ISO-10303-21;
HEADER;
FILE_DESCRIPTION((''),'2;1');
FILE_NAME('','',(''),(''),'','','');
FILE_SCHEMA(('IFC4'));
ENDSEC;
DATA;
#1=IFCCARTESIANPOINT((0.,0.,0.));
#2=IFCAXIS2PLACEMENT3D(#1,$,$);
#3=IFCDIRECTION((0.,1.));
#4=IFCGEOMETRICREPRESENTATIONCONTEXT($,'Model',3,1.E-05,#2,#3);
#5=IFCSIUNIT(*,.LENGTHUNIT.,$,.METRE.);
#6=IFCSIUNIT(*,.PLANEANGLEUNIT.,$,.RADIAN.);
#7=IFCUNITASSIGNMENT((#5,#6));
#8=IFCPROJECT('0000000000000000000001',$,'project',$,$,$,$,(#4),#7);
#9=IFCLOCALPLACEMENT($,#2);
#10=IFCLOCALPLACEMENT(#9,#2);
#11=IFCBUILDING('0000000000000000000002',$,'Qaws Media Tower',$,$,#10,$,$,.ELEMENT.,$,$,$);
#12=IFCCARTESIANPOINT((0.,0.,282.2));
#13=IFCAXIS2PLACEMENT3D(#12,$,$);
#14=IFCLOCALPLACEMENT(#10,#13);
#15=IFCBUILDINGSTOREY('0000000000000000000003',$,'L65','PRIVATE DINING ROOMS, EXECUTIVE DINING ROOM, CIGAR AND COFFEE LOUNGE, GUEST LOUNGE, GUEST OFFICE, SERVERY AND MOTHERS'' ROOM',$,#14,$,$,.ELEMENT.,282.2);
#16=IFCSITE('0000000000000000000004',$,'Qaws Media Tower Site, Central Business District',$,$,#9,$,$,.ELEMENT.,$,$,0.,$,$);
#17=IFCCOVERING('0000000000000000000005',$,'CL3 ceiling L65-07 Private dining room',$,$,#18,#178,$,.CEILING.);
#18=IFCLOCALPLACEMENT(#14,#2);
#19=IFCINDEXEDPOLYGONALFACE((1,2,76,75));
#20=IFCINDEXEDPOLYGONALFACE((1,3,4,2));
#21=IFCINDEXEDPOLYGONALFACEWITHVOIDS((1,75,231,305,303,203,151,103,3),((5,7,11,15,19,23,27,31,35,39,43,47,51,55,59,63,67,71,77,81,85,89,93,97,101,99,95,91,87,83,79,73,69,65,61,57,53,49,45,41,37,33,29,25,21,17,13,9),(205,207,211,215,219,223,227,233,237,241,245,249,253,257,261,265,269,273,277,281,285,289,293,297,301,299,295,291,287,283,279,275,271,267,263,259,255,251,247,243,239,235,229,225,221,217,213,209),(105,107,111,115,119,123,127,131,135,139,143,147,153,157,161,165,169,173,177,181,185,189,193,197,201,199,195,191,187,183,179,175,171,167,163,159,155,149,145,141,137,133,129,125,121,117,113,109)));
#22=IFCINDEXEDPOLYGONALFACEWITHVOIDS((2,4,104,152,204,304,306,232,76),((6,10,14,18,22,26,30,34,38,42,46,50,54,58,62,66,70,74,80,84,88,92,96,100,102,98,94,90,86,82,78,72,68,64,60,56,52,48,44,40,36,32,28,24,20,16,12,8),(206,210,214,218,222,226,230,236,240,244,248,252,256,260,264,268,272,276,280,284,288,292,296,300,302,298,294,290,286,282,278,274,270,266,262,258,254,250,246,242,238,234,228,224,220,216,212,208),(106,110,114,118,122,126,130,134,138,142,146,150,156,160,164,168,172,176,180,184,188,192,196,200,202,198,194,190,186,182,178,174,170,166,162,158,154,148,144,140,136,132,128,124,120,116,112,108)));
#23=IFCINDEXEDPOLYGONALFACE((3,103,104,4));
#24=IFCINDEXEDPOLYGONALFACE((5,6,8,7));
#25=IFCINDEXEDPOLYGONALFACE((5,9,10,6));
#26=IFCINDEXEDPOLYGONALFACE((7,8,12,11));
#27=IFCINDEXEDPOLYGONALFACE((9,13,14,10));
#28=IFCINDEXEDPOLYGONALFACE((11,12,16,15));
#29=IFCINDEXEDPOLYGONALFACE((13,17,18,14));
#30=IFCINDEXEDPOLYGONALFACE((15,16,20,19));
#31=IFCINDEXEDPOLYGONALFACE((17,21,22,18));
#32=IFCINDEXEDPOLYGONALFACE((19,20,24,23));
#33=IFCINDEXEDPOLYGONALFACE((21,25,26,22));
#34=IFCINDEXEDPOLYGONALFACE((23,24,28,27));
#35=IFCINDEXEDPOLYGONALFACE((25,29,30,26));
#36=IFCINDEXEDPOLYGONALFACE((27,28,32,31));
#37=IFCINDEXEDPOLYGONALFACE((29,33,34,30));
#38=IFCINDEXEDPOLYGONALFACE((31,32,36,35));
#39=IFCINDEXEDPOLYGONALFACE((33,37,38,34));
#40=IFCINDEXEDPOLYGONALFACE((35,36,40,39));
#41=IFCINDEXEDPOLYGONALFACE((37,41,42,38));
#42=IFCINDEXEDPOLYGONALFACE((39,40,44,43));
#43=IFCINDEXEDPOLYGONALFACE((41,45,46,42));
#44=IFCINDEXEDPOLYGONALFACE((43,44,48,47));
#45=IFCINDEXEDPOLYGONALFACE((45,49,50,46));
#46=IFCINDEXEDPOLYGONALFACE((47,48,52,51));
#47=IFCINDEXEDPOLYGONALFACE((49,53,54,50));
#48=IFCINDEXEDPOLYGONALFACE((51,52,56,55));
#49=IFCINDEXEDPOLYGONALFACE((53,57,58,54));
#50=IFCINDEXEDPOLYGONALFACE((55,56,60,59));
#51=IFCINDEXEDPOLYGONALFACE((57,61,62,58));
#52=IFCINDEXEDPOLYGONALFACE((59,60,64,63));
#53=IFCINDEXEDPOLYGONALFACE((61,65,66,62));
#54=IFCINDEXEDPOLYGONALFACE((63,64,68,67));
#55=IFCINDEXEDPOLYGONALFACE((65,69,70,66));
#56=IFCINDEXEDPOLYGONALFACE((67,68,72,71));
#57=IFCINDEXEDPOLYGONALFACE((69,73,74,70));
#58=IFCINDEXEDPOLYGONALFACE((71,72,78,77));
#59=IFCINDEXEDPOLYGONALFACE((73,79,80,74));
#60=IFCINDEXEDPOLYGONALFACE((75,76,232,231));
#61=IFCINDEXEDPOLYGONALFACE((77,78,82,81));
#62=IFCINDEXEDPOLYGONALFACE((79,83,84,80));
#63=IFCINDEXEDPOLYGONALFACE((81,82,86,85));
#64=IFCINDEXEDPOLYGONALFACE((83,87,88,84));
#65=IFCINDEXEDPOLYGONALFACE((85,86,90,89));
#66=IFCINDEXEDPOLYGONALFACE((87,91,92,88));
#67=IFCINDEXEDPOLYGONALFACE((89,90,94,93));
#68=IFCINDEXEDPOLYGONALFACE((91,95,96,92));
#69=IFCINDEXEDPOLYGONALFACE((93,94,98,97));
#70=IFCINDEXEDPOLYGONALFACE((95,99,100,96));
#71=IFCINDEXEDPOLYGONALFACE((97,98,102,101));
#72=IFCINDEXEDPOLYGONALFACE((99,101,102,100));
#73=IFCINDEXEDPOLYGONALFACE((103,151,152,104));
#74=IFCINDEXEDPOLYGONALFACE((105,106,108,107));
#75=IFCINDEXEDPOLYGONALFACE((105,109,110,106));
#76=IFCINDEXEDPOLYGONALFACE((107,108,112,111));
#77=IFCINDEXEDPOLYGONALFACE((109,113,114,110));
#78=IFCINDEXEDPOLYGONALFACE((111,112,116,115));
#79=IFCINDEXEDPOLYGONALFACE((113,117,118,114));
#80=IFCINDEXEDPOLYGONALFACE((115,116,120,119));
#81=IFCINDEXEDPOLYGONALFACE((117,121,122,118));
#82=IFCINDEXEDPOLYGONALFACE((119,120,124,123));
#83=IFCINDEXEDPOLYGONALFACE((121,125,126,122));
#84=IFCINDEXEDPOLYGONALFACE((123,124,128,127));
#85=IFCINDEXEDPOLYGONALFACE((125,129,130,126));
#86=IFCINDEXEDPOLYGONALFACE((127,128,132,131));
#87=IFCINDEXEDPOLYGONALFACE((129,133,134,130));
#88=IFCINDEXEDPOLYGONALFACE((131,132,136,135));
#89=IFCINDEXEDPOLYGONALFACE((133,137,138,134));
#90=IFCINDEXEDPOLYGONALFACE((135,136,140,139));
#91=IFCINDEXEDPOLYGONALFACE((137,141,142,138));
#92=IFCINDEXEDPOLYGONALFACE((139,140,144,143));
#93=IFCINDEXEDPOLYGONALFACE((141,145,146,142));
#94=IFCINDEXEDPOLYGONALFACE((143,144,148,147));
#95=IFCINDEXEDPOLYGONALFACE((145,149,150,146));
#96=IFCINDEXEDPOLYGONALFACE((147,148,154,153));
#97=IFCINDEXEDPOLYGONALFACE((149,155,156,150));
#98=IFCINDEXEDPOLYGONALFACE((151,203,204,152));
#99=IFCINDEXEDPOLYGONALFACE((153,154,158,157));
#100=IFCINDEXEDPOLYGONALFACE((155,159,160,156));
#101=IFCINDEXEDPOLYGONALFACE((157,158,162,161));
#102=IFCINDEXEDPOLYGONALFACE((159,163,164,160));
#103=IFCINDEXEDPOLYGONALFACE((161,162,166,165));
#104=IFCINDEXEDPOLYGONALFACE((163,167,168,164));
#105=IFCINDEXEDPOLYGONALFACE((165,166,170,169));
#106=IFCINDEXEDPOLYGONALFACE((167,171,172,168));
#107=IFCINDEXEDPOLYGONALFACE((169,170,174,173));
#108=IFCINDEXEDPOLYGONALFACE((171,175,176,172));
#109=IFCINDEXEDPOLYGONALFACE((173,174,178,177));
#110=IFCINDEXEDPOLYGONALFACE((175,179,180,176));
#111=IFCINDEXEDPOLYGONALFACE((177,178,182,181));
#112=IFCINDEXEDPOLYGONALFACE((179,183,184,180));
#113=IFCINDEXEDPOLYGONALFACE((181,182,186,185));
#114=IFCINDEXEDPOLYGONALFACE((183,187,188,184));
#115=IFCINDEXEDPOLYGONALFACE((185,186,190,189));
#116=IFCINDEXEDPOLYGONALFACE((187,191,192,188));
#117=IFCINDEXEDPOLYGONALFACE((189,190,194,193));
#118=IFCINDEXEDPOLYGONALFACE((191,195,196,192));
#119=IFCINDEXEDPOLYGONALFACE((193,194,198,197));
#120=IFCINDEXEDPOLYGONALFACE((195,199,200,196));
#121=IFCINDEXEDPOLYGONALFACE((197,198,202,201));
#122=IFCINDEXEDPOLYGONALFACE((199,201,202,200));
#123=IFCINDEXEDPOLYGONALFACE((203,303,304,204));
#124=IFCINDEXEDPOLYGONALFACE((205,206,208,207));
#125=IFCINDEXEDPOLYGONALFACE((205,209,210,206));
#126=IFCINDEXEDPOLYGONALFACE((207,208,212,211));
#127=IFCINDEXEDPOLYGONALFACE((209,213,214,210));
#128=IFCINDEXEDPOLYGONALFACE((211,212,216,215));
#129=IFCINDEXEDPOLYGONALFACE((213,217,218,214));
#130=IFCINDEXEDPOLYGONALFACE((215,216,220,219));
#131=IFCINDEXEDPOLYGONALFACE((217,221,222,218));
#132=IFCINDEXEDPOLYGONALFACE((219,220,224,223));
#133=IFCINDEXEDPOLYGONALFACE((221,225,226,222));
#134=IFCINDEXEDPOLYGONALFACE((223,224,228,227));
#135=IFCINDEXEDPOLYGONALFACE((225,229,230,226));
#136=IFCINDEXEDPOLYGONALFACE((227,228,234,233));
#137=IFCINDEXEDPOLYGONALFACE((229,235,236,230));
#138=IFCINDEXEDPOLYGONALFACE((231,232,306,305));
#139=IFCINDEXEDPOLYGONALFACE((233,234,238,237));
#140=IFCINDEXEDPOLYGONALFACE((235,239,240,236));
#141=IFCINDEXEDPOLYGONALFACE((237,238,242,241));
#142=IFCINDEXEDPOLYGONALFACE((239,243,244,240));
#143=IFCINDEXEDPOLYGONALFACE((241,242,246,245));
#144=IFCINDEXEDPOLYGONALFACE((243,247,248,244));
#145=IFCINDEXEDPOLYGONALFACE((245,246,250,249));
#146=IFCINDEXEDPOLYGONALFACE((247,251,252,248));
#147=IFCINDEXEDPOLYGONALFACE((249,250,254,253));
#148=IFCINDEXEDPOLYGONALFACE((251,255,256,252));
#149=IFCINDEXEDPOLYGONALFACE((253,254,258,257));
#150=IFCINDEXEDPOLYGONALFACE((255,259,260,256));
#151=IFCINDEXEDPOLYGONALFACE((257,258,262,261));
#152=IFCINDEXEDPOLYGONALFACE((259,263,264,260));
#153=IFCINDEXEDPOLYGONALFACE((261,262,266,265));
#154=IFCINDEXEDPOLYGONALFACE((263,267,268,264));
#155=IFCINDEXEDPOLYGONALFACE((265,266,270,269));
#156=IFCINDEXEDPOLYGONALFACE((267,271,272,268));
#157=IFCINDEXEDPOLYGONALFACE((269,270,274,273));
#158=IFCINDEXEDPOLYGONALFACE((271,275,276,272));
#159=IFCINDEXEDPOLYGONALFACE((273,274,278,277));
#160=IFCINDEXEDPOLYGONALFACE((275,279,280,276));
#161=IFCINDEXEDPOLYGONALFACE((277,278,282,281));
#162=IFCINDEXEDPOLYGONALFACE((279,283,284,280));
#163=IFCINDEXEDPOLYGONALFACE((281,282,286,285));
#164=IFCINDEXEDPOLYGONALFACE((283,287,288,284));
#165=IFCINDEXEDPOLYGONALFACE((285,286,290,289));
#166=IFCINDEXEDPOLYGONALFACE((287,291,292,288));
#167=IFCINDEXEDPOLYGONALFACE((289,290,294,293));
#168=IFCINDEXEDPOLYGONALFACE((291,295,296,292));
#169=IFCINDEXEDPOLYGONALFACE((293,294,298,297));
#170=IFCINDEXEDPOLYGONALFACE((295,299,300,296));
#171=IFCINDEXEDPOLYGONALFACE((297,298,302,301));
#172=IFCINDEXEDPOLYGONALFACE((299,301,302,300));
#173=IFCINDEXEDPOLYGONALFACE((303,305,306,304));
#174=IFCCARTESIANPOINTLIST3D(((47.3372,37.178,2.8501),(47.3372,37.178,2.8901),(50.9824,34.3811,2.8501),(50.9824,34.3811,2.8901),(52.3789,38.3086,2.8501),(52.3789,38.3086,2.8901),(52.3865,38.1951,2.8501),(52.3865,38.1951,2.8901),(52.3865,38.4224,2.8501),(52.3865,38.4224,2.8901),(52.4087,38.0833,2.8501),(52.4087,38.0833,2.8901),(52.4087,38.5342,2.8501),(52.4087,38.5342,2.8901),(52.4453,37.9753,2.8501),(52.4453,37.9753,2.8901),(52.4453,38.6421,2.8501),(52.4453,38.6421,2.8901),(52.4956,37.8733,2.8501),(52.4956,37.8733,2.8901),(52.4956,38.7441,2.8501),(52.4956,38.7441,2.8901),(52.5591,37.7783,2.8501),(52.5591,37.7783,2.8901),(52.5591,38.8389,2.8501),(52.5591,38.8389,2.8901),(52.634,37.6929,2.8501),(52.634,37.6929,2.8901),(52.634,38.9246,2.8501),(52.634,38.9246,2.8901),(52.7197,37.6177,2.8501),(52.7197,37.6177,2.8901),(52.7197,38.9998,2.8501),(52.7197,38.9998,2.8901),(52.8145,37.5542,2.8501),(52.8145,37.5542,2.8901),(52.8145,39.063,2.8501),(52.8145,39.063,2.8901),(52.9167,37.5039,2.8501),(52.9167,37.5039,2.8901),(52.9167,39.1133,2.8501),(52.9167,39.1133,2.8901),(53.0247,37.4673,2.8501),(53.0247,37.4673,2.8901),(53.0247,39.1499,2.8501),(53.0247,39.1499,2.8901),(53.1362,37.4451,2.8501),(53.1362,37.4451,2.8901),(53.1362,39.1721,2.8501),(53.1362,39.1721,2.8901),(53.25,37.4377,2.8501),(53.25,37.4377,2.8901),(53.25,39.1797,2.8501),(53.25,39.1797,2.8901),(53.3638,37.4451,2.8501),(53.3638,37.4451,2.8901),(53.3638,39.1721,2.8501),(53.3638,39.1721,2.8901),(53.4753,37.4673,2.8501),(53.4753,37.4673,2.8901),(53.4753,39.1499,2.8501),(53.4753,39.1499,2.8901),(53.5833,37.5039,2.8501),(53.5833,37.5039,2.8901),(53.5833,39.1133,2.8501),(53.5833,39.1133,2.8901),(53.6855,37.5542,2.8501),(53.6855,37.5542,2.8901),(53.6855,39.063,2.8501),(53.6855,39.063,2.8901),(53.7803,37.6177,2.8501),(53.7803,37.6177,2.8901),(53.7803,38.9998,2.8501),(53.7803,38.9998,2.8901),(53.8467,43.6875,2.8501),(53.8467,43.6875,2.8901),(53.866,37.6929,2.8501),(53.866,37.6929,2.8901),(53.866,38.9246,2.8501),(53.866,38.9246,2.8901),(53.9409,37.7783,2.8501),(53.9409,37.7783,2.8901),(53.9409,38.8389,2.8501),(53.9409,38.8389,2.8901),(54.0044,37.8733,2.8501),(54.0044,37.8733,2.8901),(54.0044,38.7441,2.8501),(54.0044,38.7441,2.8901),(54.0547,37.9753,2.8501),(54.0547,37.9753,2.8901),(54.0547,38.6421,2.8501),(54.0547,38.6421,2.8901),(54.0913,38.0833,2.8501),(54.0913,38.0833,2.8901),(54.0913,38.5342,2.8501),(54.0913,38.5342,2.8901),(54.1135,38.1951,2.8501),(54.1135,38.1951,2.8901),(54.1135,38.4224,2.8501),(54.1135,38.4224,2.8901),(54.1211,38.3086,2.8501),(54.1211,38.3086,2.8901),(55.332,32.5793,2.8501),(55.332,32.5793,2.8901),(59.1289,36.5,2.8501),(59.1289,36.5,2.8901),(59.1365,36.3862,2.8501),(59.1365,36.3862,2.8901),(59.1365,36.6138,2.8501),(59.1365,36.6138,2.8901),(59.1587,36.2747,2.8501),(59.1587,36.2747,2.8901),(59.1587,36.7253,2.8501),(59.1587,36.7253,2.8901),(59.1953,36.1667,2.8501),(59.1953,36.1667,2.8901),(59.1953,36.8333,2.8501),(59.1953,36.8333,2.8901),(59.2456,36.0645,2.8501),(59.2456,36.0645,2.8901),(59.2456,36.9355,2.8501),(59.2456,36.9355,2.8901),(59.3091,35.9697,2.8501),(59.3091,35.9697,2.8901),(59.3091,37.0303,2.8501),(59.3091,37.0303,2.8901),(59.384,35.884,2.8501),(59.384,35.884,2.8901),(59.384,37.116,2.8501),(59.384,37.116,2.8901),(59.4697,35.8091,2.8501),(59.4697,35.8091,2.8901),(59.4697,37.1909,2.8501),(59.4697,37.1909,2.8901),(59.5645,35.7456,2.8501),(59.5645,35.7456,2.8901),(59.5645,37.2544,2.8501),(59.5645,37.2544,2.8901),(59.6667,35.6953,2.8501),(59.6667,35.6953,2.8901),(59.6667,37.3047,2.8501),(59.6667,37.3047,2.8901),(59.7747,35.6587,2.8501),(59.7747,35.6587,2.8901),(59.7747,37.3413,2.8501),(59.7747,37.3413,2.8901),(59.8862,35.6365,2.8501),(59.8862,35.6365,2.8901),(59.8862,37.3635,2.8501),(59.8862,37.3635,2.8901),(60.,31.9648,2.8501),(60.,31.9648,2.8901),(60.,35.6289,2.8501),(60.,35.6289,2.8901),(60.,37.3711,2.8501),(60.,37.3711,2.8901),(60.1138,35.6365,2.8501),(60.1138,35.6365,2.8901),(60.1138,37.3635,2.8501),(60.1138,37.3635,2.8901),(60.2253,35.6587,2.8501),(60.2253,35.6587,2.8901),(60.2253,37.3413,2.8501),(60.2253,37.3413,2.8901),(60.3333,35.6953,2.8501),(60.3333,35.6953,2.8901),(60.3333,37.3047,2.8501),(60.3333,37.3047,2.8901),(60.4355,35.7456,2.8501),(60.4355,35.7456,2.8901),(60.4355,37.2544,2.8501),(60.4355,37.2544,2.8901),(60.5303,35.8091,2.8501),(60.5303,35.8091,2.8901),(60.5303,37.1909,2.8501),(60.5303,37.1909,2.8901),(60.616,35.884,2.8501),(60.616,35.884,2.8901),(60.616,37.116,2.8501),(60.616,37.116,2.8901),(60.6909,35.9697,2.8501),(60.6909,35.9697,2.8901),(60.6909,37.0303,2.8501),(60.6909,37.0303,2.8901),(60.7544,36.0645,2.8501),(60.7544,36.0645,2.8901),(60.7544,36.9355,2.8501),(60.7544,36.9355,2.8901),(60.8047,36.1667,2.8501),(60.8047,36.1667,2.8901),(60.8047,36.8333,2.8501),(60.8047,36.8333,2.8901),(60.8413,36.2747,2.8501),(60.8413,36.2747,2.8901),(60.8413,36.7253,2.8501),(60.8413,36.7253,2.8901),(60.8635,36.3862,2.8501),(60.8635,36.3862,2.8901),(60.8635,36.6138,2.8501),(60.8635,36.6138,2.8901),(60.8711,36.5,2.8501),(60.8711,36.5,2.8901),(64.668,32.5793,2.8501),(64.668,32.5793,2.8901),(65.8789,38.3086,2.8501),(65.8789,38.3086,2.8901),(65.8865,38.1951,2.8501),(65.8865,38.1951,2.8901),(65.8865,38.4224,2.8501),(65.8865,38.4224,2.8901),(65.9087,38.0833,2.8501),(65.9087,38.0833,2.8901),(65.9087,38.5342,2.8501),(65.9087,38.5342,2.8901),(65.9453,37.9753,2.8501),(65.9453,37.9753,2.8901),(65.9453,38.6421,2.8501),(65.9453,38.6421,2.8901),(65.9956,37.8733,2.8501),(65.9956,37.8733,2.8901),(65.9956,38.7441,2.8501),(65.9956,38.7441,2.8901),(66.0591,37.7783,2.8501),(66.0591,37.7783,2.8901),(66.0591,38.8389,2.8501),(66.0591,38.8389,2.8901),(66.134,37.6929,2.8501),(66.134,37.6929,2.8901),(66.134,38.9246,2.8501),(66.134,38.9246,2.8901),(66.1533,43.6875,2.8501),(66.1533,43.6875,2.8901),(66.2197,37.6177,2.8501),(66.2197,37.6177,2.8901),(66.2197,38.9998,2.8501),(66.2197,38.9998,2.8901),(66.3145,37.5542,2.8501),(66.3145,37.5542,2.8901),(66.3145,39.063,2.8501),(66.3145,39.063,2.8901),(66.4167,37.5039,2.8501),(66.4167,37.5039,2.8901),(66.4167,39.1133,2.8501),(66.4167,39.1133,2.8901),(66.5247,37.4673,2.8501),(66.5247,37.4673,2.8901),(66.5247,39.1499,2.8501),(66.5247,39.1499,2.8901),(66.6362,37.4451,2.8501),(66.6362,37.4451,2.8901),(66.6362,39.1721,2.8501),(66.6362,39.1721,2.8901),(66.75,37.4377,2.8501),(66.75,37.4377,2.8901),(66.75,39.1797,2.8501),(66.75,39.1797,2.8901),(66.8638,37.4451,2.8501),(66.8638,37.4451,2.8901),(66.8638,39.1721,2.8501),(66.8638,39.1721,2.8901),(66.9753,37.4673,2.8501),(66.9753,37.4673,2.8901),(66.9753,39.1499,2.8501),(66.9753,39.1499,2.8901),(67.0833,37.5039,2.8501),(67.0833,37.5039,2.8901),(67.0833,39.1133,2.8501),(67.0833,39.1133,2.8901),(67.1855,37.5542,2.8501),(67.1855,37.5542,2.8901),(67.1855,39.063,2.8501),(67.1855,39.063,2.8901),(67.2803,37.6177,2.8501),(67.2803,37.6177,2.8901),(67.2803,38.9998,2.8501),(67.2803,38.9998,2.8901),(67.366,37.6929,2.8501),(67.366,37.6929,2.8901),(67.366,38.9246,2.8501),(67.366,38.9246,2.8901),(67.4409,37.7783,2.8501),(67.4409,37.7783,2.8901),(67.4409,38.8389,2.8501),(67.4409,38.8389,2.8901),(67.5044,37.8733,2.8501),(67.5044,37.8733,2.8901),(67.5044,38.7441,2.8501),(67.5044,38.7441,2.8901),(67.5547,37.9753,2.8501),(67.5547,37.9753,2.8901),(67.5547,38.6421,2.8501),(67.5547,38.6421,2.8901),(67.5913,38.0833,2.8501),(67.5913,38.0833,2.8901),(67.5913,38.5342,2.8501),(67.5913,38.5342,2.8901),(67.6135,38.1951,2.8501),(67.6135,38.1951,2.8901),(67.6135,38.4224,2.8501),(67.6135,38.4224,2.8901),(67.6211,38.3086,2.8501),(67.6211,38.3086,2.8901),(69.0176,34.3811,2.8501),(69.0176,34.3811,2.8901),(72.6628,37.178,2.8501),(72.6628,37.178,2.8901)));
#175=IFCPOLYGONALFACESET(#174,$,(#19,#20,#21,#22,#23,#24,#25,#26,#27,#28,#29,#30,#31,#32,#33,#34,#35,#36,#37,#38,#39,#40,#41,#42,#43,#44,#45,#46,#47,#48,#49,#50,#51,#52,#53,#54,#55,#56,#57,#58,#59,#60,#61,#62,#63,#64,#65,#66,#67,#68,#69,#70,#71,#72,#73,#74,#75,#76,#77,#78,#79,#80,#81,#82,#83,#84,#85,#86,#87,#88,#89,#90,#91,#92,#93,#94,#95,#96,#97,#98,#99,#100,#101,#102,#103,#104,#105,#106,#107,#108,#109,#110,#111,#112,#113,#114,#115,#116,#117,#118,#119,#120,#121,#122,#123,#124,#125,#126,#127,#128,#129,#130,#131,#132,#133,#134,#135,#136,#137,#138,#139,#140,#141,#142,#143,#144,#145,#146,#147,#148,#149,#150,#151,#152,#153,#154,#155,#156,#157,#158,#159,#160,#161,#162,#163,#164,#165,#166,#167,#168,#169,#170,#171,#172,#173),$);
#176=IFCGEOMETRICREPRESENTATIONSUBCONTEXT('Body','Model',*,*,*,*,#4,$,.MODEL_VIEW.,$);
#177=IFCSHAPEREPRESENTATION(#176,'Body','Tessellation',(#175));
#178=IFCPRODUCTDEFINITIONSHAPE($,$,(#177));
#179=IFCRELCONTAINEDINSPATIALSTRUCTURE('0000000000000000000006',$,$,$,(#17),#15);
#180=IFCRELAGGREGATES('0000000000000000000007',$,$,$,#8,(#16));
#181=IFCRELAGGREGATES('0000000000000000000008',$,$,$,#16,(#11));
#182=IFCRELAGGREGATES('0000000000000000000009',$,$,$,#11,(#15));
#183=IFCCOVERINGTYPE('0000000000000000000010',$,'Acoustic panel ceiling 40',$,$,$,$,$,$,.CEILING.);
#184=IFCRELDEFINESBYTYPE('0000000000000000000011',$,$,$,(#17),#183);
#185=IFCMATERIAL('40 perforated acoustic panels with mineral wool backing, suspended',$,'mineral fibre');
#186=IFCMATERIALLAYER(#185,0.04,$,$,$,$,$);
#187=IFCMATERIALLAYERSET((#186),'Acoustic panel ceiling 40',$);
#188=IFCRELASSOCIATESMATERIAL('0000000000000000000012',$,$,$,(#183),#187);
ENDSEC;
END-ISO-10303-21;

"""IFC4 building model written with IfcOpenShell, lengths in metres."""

from ifc_helpers import new_model, si_unit, direction, frame, origin, place, context, subcontext, project, spatial, polyline, outline, extrude, material, layer, layer_set, type_object, element, save


model = new_model("IFC4")

# Units and contexts
model_context = context("Model", 3, precision=1e-05, world=origin(), true_north=direction((0.0, 1.0)))
body_context = subcontext(model_context, "Body", "Model", "MODEL_VIEW")
ifc_project = project(units=[si_unit("LENGTHUNIT", "METRE"), si_unit("PLANEANGLEUNIT", "RADIAN")], contexts=[model_context])

# Site, building, storey
site_placement = place(None, origin())
site = spatial("IfcSite", under=ifc_project, at=site_placement, Name="Qaws Media Tower Site, Central Business District", CompositionType="ELEMENT", RefElevation=0.0)
building_placement = place(site_placement, origin())
building = spatial("IfcBuilding", under=site, at=building_placement, Name="Qaws Media Tower", CompositionType="ELEMENT")
storey_placement = place(building_placement, frame((0.0, 0.0, 282.2)))
storey = spatial("IfcBuildingStorey", under=building, at=storey_placement, Name="L65", Description="PRIVATE DINING ROOMS, EXECUTIVE DINING ROOM, CIGAR AND COFFEE LOUNGE, GUEST LOUNGE, GUEST OFFICE, SERVERY AND MOTHERS' ROOM", CompositionType="ELEMENT", Elevation=282.2)

# Covering
ifc_material_1 = material(Name="40 perforated acoustic panels with mineral wool backing, suspended", Category="mineral fibre")
ifc_layer_1 = layer(ifc_material_1, 0.04)
ifc_layer_set_1 = layer_set([ifc_layer_1], Name="Acoustic panel ceiling 40")
covering_type_1 = type_object("IfcCoveringType", Name="Acoustic panel ceiling 40", PredefinedType="CEILING", material=ifc_layer_set_1)
covering_1_placement = place(storey_placement, frame((0.0, 0.0, 2.8501)))
element("IfcCovering", 1, at=covering_1_placement, inside=storey, type_object=covering_type_1, Name="CL3 ceiling L65-07 Private dining room", PredefinedType="CEILING", context=body_context, shape_type="SweptSolid", body=[
    extrude(outline(polyline([(69.0176, 34.3811), (64.668, 32.5793), (60.0, 31.9648), (55.332, 32.5793), (50.9824, 34.3811), (47.3372, 37.178), (53.8467, 43.6875), (66.1533, 43.6875), (72.6628, 37.178), (69.0176, 34.3811)]), holes=[polyline([(54.0913, 38.0833), (54.1135, 38.1951), (54.1211, 38.3086), (54.1135, 38.4224), (54.0913, 38.5342), (54.0547, 38.6421), (54.0044, 38.7441), (53.9409, 38.8389), (53.866, 38.9246), (53.7803, 38.9998), (53.6855, 39.063), (53.5833, 39.1133), (53.4753, 39.1499), (53.3638, 39.1721), (53.25, 39.1797), (53.1362, 39.1721), (53.0247, 39.1499), (52.9167, 39.1133), (52.8145, 39.063), (52.7197, 38.9998), (52.634, 38.9246), (52.5591, 38.8389), (52.4956, 38.7441), (52.4453, 38.6421), (52.4087, 38.5342), (52.3865, 38.4224), (52.3789, 38.3086), (52.3865, 38.1951), (52.4087, 38.0833), (52.4453, 37.9753), (52.4956, 37.8733), (52.5591, 37.7783), (52.634, 37.6929), (52.7197, 37.6177), (52.8145, 37.5542), (52.9167, 37.5039), (53.0247, 37.4673), (53.1362, 37.4451), (53.25, 37.4377), (53.3638, 37.4451), (53.4753, 37.4673), (53.5833, 37.5039), (53.6855, 37.5542), (53.7803, 37.6177), (53.866, 37.6929), (53.9409, 37.7783), (54.0044, 37.8733), (54.0547, 37.9753), (54.0913, 38.0833)]), polyline([(60.8413, 36.2747), (60.8635, 36.3862), (60.8711, 36.5), (60.8635, 36.6138), (60.8413, 36.7253), (60.8047, 36.8333), (60.7544, 36.9355), (60.6909, 37.0303), (60.616, 37.116), (60.5303, 37.1909), (60.4355, 37.2544), (60.3333, 37.3047), (60.2253, 37.3413), (60.1138, 37.3635), (60.0, 37.3711), (59.8862, 37.3635), (59.7747, 37.3413), (59.6667, 37.3047), (59.5645, 37.2544), (59.4697, 37.1909), (59.384, 37.116), (59.3091, 37.0303), (59.2456, 36.9355), (59.1953, 36.8333), (59.1587, 36.7253), (59.1365, 36.6138), (59.1289, 36.5), (59.1365, 36.3862), (59.1587, 36.2747), (59.1953, 36.1667), (59.2456, 36.0645), (59.3091, 35.9697), (59.384, 35.884), (59.4697, 35.8091), (59.5645, 35.7456), (59.6667, 35.6953), (59.7747, 35.6587), (59.8862, 35.6365), (60.0, 35.6289), (60.1138, 35.6365), (60.2253, 35.6587), (60.3333, 35.6953), (60.4355, 35.7456), (60.5303, 35.8091), (60.616, 35.884), (60.6909, 35.9697), (60.7544, 36.0645), (60.8047, 36.1667), (60.8413, 36.2747)]), polyline([(67.5547, 37.9753), (67.5913, 38.0833), (67.6135, 38.1951), (67.6211, 38.3086), (67.6135, 38.4224), (67.5913, 38.5342), (67.5547, 38.6421), (67.5044, 38.7441), (67.4409, 38.8389), (67.366, 38.9246), (67.2803, 38.9998), (67.1855, 39.063), (67.0833, 39.1133), (66.9753, 39.1499), (66.8638, 39.1721), (66.75, 39.1797), (66.6362, 39.1721), (66.5247, 39.1499), (66.4167, 39.1133), (66.3145, 39.063), (66.2197, 38.9998), (66.134, 38.9246), (66.0591, 38.8389), (65.9956, 38.7441), (65.9453, 38.6421), (65.9087, 38.5342), (65.8865, 38.4224), (65.8789, 38.3086), (65.8865, 38.1951), (65.9087, 38.0833), (65.9453, 37.9753), (65.9956, 37.8733), (66.0591, 37.7783), (66.134, 37.6929), (66.2197, 37.6177), (66.3145, 37.5542), (66.4167, 37.5039), (66.5247, 37.4673), (66.6362, 37.4451), (66.75, 37.4377), (66.8638, 37.4451), (66.9753, 37.4673), (67.0833, 37.5039), (67.1855, 37.5542), (67.2803, 37.6177), (67.366, 37.6929), (67.4409, 37.7783), (67.5044, 37.8733), (67.5547, 37.9753)])]), origin(), (0.0, 0.0, 1.0), 0.04),
])

save(model, "model.ifc")
